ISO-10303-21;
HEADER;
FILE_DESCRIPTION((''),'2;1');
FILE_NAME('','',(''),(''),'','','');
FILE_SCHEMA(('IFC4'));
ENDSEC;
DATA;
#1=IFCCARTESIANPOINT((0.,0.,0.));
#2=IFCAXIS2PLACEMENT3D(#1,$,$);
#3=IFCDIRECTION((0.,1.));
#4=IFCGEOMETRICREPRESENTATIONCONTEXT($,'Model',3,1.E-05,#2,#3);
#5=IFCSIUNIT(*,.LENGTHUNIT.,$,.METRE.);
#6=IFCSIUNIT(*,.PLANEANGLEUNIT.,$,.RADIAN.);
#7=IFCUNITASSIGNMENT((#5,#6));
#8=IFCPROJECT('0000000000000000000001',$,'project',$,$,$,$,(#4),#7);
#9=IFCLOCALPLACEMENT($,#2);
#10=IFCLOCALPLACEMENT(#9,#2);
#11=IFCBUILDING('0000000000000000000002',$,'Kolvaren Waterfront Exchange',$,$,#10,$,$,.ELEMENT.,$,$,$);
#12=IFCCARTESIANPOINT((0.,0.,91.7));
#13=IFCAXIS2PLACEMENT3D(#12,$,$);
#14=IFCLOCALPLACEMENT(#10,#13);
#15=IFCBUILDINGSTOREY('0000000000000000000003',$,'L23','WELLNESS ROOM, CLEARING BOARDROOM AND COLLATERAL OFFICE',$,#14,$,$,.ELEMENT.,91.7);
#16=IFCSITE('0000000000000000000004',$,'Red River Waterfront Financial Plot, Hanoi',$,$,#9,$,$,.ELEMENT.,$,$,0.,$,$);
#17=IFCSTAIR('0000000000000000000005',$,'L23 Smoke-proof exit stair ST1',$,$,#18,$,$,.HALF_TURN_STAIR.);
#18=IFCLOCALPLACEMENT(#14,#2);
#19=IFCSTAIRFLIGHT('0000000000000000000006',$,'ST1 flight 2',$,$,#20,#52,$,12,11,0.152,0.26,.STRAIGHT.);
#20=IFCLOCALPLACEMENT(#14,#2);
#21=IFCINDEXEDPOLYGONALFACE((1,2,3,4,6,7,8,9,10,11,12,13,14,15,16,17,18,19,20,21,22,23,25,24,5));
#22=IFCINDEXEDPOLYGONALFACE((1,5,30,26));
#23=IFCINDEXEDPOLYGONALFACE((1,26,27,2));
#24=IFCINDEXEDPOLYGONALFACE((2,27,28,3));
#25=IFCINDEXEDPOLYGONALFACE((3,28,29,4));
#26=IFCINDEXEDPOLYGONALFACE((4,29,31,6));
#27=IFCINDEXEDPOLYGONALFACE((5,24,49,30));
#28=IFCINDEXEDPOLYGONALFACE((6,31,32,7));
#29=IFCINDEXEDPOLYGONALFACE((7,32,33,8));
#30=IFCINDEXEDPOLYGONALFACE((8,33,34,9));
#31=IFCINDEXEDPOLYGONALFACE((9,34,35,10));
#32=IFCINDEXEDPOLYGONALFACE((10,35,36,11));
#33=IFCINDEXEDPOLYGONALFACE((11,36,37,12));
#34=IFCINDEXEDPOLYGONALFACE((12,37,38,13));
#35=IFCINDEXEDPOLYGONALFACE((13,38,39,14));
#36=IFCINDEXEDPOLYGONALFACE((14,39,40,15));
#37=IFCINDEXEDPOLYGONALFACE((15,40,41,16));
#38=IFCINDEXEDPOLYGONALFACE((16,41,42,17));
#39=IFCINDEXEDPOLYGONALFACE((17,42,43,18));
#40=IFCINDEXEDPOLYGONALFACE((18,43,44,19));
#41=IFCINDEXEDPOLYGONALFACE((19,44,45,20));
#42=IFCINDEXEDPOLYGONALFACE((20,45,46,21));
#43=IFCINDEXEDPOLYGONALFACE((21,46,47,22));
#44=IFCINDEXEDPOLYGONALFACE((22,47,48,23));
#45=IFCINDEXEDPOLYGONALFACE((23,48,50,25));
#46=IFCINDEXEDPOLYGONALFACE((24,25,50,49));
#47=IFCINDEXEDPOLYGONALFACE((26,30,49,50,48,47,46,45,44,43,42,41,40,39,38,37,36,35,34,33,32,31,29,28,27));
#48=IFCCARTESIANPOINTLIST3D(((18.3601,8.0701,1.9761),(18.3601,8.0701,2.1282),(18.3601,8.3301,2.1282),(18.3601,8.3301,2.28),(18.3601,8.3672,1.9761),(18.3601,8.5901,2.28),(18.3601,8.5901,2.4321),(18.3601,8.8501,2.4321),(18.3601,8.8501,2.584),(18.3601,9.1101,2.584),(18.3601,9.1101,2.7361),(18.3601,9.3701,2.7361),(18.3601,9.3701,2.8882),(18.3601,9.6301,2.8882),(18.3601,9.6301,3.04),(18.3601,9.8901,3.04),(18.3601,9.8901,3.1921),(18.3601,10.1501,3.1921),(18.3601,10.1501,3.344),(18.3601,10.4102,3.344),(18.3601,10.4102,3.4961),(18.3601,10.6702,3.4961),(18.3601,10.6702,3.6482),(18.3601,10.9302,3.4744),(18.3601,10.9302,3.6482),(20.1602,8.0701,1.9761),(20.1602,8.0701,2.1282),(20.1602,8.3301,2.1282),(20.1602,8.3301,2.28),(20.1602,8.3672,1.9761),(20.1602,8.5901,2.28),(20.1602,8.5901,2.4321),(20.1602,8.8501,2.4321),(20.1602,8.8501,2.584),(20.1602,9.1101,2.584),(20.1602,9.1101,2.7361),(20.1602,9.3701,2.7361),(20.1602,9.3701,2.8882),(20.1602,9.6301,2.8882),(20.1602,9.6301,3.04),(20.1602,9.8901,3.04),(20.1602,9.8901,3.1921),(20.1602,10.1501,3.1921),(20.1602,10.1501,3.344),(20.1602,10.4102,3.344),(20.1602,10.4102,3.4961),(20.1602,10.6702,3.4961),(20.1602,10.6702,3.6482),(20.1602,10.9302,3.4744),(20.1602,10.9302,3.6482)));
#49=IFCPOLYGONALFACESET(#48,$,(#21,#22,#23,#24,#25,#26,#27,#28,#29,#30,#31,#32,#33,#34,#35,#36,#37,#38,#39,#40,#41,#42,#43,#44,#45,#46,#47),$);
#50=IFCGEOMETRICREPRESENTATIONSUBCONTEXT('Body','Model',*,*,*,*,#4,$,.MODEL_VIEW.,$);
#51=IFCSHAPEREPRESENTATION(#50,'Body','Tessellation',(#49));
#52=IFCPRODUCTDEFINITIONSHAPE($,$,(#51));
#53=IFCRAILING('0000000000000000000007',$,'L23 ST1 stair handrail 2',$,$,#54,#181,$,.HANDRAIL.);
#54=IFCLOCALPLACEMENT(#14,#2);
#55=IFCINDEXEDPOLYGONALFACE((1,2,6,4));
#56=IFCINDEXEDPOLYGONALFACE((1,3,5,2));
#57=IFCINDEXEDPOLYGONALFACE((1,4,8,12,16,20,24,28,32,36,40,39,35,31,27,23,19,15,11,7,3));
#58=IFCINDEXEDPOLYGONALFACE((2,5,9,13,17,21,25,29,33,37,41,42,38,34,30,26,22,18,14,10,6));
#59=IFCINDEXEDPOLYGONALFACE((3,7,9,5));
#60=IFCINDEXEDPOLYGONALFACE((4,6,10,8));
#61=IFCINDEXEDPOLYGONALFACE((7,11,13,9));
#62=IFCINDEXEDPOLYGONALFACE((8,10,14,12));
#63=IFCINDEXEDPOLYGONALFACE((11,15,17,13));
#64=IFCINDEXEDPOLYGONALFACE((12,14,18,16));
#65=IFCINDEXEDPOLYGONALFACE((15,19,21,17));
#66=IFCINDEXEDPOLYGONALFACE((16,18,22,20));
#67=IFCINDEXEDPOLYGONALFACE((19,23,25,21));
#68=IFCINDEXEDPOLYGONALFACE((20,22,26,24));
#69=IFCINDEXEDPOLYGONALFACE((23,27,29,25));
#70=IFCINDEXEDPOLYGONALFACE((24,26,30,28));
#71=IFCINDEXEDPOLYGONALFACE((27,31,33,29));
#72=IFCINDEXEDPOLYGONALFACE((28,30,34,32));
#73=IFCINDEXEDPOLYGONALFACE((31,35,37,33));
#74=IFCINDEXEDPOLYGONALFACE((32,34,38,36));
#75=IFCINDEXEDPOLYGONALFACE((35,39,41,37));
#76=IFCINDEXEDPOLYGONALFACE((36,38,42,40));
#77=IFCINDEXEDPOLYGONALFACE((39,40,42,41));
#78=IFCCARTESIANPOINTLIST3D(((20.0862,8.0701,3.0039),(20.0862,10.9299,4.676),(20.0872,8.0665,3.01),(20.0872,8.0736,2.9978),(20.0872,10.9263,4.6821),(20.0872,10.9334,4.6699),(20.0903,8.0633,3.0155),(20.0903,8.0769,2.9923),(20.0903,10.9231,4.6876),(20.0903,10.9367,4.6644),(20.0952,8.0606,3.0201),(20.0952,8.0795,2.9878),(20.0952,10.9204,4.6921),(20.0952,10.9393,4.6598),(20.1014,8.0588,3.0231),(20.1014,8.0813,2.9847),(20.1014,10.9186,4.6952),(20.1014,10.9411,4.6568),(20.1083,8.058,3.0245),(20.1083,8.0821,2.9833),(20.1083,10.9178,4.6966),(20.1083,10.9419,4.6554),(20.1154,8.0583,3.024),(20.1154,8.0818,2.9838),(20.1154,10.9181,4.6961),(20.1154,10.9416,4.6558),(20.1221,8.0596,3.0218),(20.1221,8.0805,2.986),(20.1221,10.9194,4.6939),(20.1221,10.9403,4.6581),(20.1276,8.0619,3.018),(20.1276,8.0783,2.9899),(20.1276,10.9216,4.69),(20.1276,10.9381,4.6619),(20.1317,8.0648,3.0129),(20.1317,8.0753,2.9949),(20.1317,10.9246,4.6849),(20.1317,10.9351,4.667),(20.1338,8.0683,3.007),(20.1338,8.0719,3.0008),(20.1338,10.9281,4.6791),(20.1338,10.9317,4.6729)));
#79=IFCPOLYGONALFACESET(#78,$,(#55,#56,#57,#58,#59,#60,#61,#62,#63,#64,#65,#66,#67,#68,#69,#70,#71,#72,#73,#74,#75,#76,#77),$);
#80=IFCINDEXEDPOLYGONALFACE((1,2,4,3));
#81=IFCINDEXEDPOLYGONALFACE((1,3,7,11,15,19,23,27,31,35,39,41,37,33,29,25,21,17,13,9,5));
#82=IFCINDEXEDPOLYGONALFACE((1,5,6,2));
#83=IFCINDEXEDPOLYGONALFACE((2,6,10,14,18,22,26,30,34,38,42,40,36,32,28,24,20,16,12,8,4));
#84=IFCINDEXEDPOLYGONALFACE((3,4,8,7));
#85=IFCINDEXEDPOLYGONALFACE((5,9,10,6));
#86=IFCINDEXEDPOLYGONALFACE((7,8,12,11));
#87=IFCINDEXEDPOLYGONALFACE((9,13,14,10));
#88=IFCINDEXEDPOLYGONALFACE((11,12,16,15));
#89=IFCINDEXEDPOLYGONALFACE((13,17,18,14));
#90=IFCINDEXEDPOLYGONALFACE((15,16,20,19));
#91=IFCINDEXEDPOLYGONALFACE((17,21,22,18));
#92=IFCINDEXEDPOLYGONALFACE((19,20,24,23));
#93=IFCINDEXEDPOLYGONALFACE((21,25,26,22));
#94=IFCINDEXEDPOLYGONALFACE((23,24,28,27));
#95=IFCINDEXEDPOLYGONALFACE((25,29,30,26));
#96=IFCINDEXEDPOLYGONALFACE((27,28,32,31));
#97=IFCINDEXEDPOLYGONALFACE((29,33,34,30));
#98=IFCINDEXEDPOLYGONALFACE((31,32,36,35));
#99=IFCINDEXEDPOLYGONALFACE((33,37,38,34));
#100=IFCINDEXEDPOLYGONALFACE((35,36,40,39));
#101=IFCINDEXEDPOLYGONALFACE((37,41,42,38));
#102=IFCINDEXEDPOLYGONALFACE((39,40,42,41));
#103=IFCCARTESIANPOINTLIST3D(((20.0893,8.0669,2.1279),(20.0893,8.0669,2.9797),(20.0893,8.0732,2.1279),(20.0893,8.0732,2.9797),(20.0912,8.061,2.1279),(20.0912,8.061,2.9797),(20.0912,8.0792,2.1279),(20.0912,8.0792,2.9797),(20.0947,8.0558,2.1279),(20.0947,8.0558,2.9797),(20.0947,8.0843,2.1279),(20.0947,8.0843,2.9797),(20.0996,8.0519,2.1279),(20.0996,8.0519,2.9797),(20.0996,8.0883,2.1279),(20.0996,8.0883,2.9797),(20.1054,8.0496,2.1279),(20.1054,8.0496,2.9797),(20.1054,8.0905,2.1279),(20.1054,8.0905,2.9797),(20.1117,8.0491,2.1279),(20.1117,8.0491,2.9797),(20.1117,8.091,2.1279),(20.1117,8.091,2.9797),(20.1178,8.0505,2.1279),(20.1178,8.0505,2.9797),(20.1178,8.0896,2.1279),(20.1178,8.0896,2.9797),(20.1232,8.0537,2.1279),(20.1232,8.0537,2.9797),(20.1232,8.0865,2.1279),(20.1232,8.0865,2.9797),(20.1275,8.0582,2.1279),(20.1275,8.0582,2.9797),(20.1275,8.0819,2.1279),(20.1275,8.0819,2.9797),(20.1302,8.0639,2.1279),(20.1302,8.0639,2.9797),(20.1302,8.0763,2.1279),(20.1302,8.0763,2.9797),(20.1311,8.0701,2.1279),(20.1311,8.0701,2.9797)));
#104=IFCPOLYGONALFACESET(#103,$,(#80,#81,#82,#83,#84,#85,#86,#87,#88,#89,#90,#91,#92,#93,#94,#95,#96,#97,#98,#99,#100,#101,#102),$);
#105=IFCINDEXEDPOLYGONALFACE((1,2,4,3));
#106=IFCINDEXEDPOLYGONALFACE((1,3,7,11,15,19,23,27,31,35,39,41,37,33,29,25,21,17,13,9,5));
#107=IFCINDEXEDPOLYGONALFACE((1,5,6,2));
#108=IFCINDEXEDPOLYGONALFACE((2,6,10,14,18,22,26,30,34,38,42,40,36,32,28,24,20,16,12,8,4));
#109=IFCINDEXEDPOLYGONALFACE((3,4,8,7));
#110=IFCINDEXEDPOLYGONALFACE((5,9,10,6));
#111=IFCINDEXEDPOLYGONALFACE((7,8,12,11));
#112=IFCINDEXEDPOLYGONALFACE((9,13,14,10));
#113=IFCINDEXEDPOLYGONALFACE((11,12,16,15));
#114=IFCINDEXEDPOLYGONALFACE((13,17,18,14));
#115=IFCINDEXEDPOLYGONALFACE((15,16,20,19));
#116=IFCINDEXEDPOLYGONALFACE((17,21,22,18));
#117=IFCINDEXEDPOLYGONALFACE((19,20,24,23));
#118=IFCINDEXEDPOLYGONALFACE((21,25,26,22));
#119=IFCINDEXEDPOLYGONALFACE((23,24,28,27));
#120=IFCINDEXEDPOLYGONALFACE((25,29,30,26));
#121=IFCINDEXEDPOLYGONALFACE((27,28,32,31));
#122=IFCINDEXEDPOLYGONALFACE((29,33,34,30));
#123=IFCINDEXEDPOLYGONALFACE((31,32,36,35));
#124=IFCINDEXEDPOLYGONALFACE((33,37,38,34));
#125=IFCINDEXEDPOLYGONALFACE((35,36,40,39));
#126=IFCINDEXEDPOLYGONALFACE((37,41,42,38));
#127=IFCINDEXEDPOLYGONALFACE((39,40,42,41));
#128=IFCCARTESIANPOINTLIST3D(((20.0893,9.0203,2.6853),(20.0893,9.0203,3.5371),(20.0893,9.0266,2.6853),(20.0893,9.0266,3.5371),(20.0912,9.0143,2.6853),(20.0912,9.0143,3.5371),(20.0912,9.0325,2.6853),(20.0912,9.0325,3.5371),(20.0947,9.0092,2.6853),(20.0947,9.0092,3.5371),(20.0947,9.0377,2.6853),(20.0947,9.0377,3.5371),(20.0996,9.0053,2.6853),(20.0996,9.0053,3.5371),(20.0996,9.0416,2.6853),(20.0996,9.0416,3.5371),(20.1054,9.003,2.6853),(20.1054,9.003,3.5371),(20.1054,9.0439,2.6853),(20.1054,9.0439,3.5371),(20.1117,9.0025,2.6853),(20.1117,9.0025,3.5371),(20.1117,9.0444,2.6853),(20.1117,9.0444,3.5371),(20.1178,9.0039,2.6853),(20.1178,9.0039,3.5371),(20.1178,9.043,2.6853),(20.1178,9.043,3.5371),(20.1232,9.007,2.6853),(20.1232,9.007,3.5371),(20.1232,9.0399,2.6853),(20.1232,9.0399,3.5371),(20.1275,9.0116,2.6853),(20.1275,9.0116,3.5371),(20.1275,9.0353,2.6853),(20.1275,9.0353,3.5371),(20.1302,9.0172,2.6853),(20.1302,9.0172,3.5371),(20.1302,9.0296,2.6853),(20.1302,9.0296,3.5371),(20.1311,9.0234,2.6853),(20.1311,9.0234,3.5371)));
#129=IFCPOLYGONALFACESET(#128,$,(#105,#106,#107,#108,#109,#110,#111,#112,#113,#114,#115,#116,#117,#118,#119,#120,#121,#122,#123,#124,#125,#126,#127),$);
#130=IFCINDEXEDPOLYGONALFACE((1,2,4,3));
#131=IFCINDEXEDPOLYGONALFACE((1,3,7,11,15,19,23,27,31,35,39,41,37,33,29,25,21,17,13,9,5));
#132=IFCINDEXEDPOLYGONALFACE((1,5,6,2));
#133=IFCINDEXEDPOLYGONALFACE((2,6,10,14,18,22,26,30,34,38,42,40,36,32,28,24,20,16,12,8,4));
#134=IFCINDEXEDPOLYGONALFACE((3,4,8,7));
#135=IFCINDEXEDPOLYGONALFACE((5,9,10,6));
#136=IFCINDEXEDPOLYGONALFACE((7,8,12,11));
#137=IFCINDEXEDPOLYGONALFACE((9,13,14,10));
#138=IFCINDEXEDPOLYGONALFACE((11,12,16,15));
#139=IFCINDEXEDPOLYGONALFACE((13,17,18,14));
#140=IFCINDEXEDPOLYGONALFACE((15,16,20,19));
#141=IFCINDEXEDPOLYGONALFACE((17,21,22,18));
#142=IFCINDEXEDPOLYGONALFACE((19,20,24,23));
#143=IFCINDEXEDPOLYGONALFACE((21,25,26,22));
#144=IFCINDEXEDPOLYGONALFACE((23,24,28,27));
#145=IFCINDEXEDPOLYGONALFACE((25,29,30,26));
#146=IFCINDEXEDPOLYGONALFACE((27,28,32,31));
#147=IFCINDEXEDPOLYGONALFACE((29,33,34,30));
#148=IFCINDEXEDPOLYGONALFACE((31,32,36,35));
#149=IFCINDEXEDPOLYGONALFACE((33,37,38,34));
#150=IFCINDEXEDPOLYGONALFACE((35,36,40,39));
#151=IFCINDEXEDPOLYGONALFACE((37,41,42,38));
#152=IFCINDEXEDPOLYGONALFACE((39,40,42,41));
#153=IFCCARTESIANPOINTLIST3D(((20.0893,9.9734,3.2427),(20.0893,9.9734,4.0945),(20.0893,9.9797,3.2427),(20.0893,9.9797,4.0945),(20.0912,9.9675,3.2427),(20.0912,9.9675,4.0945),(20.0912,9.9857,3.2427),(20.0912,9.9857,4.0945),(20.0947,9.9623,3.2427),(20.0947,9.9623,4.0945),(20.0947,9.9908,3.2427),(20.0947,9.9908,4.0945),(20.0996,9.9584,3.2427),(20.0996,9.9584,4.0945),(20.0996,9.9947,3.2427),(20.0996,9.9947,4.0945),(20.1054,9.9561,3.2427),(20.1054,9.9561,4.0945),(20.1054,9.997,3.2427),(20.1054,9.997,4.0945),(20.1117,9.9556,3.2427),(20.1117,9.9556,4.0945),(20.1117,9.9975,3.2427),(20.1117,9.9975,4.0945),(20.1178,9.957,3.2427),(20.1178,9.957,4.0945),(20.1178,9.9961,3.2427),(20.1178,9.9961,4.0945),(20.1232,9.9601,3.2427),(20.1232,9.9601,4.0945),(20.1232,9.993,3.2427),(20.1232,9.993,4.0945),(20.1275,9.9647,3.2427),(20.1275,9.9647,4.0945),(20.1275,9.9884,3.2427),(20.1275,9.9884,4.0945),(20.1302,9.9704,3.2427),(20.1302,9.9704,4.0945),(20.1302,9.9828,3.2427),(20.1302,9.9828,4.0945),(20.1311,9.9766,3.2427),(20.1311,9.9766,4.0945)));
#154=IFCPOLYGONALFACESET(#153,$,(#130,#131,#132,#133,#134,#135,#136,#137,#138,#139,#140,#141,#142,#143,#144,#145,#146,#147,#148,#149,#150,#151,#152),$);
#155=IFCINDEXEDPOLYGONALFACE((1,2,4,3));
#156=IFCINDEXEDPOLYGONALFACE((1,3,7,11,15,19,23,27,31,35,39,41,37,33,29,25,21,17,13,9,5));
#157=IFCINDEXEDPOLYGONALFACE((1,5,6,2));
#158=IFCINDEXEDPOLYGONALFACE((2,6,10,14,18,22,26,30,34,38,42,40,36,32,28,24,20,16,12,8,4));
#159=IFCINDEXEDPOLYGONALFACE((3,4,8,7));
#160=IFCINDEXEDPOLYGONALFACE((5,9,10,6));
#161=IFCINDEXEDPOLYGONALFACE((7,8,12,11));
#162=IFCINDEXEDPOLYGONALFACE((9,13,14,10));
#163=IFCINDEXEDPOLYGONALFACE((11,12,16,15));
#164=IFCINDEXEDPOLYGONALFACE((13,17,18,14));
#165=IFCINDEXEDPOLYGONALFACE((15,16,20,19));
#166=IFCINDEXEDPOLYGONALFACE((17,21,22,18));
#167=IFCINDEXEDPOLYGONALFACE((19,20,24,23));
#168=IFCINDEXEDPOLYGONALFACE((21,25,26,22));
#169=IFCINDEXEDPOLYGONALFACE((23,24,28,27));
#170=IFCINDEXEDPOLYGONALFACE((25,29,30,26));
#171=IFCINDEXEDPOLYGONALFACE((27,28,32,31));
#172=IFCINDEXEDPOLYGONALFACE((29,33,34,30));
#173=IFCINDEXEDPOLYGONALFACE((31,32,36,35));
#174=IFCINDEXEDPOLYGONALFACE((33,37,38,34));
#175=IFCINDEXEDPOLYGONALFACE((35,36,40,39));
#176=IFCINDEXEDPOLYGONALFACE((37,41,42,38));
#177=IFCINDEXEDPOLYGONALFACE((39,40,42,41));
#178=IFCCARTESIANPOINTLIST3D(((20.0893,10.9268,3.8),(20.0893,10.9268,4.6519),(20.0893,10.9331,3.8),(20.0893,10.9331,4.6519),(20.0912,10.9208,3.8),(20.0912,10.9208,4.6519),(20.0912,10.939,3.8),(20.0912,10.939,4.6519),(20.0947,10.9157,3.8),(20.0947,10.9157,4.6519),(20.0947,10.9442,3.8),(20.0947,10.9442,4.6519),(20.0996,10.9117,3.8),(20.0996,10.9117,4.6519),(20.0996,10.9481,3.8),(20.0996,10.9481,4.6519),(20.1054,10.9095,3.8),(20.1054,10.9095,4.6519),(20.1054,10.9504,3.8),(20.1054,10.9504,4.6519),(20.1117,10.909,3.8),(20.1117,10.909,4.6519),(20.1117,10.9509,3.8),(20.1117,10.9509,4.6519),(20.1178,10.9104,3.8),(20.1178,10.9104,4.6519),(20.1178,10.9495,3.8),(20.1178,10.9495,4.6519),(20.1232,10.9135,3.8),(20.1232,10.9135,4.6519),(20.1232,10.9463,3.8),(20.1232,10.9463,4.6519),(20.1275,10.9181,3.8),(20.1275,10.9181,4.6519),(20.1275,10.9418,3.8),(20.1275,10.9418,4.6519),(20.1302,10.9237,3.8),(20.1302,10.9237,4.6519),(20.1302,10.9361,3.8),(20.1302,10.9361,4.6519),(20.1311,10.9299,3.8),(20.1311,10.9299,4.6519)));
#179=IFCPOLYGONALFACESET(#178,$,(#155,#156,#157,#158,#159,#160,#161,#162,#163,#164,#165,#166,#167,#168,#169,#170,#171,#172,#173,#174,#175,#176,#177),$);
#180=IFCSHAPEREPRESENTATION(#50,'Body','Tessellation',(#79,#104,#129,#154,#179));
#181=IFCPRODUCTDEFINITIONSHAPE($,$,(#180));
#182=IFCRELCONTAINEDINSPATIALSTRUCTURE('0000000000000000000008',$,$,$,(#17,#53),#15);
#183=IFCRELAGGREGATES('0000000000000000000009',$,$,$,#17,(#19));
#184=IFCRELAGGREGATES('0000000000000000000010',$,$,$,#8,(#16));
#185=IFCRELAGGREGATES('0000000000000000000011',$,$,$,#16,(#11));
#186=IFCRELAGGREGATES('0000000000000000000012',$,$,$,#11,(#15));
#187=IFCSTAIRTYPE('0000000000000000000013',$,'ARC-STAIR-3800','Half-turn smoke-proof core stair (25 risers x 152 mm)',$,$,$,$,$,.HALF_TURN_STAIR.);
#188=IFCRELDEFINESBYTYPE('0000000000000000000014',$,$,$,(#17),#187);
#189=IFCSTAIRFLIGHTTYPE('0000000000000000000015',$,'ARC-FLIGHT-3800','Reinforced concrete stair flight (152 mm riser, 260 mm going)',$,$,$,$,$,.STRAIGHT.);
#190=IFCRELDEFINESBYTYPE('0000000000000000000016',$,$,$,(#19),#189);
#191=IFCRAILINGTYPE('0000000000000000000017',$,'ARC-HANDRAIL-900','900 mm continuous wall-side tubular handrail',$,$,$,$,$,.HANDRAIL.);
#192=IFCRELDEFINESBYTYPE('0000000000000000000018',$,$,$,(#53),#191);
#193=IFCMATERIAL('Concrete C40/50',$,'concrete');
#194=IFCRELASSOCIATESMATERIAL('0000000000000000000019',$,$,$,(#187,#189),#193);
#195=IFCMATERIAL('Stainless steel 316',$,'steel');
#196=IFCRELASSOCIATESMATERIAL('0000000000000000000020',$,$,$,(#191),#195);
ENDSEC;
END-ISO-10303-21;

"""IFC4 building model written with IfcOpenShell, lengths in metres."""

from ifc_helpers import new_model, si_unit, direction, frame, origin, origin_2d, place, context, subcontext, project, spatial, polyline, circle, outline, extrude, material, type_object, element, aggregate, save


model = new_model("IFC4")

# Units and contexts
model_context = context("Model", 3, precision=1e-05, world=origin(), true_north=direction((0.0, 1.0)))
body_context = subcontext(model_context, "Body", "Model", "MODEL_VIEW")
ifc_project = project(units=[si_unit("LENGTHUNIT", "METRE"), si_unit("PLANEANGLEUNIT", "RADIAN")], contexts=[model_context])

# Site, building, storey
site_placement = place(None, origin())
site = spatial("IfcSite", under=ifc_project, at=site_placement, Name="Red River Waterfront Financial Plot, Hanoi", CompositionType="ELEMENT", RefElevation=0.0)
building_placement = place(site_placement, origin())
building = spatial("IfcBuilding", under=site, at=building_placement, Name="Kolvaren Waterfront Exchange", CompositionType="ELEMENT")
storey_placement = place(building_placement, frame((0.0, 0.0, 91.7)))
storey = spatial("IfcBuildingStorey", under=building, at=storey_placement, Name="L23", Description="WELLNESS ROOM, CLEARING BOARDROOM AND COLLATERAL OFFICE", CompositionType="ELEMENT", Elevation=91.7)

# Shared definitions
ifc_material_1 = material(Name="Concrete C40/50", Category="concrete")

# Stair, stair flight
stair_type = type_object("IfcStairType", Name="ARC-STAIR-3800", Description="Half-turn smoke-proof core stair (25 risers x 152 mm)", PredefinedType="HALF_TURN_STAIR", material=ifc_material_1)
stair_placement = place(storey_placement, origin())
stair = element("IfcStair", 1, at=stair_placement, inside=storey, type_object=stair_type, Name="L23 Smoke-proof exit stair ST1", PredefinedType="HALF_TURN_STAIR")
stair_flight_type = type_object("IfcStairFlightType", Name="ARC-FLIGHT-3800", Description="Reinforced concrete stair flight (152 mm riser, 260 mm going)", PredefinedType="STRAIGHT", material=ifc_material_1)
stair_flight_placement = place(storey_placement, frame((19.26, 8.0701, 1.9761), z_axis=(0.0, 0.0, 1.0), x_axis=(0.0, 1.0, 0.0)))
stair_flight = element("IfcStairFlight", 2, at=stair_flight_placement, type_object=stair_flight_type, Name="ST1 flight 2", NumberOfRisers=12, NumberOfTreads=11, PredefinedType="STRAIGHT", RiserHeight=0.152, TreadLength=0.26, context=body_context, shape_type="SweptSolid", body=[
    extrude(outline(polyline([(0.0, 0.0), (0.0, 0.1521), (0.26, 0.1521), (0.26, 0.304), (0.52, 0.304), (0.52, 0.4561), (0.78, 0.4561), (0.78, 0.6079), (1.04, 0.6079), (1.04, 0.76), (1.3, 0.76), (1.3, 0.9121), (1.5601, 0.9121), (1.5601, 1.064), (1.8201, 1.064), (1.8201, 1.2161), (2.0801, 1.2161), (2.0801, 1.3679), (2.3401, 1.3679), (2.3401, 1.52), (2.6001, 1.52), (2.6001, 1.6721), (2.8601, 1.6721), (2.8601, 1.824), (2.8601, 1.4983), (0.2971, 0.0), (0.0, 0.0)])), frame((0.0, 0.8999, 0.0), z_axis=(0.0, -1.0, 0.0), x_axis=(1.0, 0.0, 0.0)), (0.0, 0.0, 1.0), 1.8),
])
aggregate(stair, [stair_flight])

# Railing
ifc_material_2 = material(Name="Stainless steel 316", Category="steel")
railing_type = type_object("IfcRailingType", Name="ARC-HANDRAIL-900", Description="900 mm continuous wall-side tubular handrail", PredefinedType="HANDRAIL", material=ifc_material_2)
railing_1_placement = place(storey_placement, frame((20.1101, 8.0701, 2.1279)))
element("IfcRailing", 3, at=railing_1_placement, inside=storey, type_object=railing_type, Name="L23 ST1 stair handrail 2", PredefinedType="HANDRAIL", context=body_context, shape_type="SweptSolid", body=[
    extrude(circle(Radius=0.0239, at=origin_2d()), frame((0.0, 0.0, 0.876), z_axis=(0.0, 0.863271, 0.504741), x_axis=(-1.0, 0.0, 0.0)), (0.0, 0.0, 1.0), 3.3127),
    extrude(circle(Radius=0.021, at=origin_2d()), origin(), (0.0, 0.0, 1.0), 0.8518),
    extrude(circle(Radius=0.021, at=origin_2d()), frame((0.0, 0.9534, 0.5574)), (0.0, 0.0, 1.0), 0.8518),
    extrude(circle(Radius=0.021, at=origin_2d()), frame((0.0, 1.9065, 1.1147)), (0.0, 0.0, 1.0), 0.8518),
    extrude(circle(Radius=0.021, at=origin_2d()), frame((0.0, 2.8599, 1.6721)), (0.0, 0.0, 1.0), 0.8518),
])

save(model, "model.ifc")
